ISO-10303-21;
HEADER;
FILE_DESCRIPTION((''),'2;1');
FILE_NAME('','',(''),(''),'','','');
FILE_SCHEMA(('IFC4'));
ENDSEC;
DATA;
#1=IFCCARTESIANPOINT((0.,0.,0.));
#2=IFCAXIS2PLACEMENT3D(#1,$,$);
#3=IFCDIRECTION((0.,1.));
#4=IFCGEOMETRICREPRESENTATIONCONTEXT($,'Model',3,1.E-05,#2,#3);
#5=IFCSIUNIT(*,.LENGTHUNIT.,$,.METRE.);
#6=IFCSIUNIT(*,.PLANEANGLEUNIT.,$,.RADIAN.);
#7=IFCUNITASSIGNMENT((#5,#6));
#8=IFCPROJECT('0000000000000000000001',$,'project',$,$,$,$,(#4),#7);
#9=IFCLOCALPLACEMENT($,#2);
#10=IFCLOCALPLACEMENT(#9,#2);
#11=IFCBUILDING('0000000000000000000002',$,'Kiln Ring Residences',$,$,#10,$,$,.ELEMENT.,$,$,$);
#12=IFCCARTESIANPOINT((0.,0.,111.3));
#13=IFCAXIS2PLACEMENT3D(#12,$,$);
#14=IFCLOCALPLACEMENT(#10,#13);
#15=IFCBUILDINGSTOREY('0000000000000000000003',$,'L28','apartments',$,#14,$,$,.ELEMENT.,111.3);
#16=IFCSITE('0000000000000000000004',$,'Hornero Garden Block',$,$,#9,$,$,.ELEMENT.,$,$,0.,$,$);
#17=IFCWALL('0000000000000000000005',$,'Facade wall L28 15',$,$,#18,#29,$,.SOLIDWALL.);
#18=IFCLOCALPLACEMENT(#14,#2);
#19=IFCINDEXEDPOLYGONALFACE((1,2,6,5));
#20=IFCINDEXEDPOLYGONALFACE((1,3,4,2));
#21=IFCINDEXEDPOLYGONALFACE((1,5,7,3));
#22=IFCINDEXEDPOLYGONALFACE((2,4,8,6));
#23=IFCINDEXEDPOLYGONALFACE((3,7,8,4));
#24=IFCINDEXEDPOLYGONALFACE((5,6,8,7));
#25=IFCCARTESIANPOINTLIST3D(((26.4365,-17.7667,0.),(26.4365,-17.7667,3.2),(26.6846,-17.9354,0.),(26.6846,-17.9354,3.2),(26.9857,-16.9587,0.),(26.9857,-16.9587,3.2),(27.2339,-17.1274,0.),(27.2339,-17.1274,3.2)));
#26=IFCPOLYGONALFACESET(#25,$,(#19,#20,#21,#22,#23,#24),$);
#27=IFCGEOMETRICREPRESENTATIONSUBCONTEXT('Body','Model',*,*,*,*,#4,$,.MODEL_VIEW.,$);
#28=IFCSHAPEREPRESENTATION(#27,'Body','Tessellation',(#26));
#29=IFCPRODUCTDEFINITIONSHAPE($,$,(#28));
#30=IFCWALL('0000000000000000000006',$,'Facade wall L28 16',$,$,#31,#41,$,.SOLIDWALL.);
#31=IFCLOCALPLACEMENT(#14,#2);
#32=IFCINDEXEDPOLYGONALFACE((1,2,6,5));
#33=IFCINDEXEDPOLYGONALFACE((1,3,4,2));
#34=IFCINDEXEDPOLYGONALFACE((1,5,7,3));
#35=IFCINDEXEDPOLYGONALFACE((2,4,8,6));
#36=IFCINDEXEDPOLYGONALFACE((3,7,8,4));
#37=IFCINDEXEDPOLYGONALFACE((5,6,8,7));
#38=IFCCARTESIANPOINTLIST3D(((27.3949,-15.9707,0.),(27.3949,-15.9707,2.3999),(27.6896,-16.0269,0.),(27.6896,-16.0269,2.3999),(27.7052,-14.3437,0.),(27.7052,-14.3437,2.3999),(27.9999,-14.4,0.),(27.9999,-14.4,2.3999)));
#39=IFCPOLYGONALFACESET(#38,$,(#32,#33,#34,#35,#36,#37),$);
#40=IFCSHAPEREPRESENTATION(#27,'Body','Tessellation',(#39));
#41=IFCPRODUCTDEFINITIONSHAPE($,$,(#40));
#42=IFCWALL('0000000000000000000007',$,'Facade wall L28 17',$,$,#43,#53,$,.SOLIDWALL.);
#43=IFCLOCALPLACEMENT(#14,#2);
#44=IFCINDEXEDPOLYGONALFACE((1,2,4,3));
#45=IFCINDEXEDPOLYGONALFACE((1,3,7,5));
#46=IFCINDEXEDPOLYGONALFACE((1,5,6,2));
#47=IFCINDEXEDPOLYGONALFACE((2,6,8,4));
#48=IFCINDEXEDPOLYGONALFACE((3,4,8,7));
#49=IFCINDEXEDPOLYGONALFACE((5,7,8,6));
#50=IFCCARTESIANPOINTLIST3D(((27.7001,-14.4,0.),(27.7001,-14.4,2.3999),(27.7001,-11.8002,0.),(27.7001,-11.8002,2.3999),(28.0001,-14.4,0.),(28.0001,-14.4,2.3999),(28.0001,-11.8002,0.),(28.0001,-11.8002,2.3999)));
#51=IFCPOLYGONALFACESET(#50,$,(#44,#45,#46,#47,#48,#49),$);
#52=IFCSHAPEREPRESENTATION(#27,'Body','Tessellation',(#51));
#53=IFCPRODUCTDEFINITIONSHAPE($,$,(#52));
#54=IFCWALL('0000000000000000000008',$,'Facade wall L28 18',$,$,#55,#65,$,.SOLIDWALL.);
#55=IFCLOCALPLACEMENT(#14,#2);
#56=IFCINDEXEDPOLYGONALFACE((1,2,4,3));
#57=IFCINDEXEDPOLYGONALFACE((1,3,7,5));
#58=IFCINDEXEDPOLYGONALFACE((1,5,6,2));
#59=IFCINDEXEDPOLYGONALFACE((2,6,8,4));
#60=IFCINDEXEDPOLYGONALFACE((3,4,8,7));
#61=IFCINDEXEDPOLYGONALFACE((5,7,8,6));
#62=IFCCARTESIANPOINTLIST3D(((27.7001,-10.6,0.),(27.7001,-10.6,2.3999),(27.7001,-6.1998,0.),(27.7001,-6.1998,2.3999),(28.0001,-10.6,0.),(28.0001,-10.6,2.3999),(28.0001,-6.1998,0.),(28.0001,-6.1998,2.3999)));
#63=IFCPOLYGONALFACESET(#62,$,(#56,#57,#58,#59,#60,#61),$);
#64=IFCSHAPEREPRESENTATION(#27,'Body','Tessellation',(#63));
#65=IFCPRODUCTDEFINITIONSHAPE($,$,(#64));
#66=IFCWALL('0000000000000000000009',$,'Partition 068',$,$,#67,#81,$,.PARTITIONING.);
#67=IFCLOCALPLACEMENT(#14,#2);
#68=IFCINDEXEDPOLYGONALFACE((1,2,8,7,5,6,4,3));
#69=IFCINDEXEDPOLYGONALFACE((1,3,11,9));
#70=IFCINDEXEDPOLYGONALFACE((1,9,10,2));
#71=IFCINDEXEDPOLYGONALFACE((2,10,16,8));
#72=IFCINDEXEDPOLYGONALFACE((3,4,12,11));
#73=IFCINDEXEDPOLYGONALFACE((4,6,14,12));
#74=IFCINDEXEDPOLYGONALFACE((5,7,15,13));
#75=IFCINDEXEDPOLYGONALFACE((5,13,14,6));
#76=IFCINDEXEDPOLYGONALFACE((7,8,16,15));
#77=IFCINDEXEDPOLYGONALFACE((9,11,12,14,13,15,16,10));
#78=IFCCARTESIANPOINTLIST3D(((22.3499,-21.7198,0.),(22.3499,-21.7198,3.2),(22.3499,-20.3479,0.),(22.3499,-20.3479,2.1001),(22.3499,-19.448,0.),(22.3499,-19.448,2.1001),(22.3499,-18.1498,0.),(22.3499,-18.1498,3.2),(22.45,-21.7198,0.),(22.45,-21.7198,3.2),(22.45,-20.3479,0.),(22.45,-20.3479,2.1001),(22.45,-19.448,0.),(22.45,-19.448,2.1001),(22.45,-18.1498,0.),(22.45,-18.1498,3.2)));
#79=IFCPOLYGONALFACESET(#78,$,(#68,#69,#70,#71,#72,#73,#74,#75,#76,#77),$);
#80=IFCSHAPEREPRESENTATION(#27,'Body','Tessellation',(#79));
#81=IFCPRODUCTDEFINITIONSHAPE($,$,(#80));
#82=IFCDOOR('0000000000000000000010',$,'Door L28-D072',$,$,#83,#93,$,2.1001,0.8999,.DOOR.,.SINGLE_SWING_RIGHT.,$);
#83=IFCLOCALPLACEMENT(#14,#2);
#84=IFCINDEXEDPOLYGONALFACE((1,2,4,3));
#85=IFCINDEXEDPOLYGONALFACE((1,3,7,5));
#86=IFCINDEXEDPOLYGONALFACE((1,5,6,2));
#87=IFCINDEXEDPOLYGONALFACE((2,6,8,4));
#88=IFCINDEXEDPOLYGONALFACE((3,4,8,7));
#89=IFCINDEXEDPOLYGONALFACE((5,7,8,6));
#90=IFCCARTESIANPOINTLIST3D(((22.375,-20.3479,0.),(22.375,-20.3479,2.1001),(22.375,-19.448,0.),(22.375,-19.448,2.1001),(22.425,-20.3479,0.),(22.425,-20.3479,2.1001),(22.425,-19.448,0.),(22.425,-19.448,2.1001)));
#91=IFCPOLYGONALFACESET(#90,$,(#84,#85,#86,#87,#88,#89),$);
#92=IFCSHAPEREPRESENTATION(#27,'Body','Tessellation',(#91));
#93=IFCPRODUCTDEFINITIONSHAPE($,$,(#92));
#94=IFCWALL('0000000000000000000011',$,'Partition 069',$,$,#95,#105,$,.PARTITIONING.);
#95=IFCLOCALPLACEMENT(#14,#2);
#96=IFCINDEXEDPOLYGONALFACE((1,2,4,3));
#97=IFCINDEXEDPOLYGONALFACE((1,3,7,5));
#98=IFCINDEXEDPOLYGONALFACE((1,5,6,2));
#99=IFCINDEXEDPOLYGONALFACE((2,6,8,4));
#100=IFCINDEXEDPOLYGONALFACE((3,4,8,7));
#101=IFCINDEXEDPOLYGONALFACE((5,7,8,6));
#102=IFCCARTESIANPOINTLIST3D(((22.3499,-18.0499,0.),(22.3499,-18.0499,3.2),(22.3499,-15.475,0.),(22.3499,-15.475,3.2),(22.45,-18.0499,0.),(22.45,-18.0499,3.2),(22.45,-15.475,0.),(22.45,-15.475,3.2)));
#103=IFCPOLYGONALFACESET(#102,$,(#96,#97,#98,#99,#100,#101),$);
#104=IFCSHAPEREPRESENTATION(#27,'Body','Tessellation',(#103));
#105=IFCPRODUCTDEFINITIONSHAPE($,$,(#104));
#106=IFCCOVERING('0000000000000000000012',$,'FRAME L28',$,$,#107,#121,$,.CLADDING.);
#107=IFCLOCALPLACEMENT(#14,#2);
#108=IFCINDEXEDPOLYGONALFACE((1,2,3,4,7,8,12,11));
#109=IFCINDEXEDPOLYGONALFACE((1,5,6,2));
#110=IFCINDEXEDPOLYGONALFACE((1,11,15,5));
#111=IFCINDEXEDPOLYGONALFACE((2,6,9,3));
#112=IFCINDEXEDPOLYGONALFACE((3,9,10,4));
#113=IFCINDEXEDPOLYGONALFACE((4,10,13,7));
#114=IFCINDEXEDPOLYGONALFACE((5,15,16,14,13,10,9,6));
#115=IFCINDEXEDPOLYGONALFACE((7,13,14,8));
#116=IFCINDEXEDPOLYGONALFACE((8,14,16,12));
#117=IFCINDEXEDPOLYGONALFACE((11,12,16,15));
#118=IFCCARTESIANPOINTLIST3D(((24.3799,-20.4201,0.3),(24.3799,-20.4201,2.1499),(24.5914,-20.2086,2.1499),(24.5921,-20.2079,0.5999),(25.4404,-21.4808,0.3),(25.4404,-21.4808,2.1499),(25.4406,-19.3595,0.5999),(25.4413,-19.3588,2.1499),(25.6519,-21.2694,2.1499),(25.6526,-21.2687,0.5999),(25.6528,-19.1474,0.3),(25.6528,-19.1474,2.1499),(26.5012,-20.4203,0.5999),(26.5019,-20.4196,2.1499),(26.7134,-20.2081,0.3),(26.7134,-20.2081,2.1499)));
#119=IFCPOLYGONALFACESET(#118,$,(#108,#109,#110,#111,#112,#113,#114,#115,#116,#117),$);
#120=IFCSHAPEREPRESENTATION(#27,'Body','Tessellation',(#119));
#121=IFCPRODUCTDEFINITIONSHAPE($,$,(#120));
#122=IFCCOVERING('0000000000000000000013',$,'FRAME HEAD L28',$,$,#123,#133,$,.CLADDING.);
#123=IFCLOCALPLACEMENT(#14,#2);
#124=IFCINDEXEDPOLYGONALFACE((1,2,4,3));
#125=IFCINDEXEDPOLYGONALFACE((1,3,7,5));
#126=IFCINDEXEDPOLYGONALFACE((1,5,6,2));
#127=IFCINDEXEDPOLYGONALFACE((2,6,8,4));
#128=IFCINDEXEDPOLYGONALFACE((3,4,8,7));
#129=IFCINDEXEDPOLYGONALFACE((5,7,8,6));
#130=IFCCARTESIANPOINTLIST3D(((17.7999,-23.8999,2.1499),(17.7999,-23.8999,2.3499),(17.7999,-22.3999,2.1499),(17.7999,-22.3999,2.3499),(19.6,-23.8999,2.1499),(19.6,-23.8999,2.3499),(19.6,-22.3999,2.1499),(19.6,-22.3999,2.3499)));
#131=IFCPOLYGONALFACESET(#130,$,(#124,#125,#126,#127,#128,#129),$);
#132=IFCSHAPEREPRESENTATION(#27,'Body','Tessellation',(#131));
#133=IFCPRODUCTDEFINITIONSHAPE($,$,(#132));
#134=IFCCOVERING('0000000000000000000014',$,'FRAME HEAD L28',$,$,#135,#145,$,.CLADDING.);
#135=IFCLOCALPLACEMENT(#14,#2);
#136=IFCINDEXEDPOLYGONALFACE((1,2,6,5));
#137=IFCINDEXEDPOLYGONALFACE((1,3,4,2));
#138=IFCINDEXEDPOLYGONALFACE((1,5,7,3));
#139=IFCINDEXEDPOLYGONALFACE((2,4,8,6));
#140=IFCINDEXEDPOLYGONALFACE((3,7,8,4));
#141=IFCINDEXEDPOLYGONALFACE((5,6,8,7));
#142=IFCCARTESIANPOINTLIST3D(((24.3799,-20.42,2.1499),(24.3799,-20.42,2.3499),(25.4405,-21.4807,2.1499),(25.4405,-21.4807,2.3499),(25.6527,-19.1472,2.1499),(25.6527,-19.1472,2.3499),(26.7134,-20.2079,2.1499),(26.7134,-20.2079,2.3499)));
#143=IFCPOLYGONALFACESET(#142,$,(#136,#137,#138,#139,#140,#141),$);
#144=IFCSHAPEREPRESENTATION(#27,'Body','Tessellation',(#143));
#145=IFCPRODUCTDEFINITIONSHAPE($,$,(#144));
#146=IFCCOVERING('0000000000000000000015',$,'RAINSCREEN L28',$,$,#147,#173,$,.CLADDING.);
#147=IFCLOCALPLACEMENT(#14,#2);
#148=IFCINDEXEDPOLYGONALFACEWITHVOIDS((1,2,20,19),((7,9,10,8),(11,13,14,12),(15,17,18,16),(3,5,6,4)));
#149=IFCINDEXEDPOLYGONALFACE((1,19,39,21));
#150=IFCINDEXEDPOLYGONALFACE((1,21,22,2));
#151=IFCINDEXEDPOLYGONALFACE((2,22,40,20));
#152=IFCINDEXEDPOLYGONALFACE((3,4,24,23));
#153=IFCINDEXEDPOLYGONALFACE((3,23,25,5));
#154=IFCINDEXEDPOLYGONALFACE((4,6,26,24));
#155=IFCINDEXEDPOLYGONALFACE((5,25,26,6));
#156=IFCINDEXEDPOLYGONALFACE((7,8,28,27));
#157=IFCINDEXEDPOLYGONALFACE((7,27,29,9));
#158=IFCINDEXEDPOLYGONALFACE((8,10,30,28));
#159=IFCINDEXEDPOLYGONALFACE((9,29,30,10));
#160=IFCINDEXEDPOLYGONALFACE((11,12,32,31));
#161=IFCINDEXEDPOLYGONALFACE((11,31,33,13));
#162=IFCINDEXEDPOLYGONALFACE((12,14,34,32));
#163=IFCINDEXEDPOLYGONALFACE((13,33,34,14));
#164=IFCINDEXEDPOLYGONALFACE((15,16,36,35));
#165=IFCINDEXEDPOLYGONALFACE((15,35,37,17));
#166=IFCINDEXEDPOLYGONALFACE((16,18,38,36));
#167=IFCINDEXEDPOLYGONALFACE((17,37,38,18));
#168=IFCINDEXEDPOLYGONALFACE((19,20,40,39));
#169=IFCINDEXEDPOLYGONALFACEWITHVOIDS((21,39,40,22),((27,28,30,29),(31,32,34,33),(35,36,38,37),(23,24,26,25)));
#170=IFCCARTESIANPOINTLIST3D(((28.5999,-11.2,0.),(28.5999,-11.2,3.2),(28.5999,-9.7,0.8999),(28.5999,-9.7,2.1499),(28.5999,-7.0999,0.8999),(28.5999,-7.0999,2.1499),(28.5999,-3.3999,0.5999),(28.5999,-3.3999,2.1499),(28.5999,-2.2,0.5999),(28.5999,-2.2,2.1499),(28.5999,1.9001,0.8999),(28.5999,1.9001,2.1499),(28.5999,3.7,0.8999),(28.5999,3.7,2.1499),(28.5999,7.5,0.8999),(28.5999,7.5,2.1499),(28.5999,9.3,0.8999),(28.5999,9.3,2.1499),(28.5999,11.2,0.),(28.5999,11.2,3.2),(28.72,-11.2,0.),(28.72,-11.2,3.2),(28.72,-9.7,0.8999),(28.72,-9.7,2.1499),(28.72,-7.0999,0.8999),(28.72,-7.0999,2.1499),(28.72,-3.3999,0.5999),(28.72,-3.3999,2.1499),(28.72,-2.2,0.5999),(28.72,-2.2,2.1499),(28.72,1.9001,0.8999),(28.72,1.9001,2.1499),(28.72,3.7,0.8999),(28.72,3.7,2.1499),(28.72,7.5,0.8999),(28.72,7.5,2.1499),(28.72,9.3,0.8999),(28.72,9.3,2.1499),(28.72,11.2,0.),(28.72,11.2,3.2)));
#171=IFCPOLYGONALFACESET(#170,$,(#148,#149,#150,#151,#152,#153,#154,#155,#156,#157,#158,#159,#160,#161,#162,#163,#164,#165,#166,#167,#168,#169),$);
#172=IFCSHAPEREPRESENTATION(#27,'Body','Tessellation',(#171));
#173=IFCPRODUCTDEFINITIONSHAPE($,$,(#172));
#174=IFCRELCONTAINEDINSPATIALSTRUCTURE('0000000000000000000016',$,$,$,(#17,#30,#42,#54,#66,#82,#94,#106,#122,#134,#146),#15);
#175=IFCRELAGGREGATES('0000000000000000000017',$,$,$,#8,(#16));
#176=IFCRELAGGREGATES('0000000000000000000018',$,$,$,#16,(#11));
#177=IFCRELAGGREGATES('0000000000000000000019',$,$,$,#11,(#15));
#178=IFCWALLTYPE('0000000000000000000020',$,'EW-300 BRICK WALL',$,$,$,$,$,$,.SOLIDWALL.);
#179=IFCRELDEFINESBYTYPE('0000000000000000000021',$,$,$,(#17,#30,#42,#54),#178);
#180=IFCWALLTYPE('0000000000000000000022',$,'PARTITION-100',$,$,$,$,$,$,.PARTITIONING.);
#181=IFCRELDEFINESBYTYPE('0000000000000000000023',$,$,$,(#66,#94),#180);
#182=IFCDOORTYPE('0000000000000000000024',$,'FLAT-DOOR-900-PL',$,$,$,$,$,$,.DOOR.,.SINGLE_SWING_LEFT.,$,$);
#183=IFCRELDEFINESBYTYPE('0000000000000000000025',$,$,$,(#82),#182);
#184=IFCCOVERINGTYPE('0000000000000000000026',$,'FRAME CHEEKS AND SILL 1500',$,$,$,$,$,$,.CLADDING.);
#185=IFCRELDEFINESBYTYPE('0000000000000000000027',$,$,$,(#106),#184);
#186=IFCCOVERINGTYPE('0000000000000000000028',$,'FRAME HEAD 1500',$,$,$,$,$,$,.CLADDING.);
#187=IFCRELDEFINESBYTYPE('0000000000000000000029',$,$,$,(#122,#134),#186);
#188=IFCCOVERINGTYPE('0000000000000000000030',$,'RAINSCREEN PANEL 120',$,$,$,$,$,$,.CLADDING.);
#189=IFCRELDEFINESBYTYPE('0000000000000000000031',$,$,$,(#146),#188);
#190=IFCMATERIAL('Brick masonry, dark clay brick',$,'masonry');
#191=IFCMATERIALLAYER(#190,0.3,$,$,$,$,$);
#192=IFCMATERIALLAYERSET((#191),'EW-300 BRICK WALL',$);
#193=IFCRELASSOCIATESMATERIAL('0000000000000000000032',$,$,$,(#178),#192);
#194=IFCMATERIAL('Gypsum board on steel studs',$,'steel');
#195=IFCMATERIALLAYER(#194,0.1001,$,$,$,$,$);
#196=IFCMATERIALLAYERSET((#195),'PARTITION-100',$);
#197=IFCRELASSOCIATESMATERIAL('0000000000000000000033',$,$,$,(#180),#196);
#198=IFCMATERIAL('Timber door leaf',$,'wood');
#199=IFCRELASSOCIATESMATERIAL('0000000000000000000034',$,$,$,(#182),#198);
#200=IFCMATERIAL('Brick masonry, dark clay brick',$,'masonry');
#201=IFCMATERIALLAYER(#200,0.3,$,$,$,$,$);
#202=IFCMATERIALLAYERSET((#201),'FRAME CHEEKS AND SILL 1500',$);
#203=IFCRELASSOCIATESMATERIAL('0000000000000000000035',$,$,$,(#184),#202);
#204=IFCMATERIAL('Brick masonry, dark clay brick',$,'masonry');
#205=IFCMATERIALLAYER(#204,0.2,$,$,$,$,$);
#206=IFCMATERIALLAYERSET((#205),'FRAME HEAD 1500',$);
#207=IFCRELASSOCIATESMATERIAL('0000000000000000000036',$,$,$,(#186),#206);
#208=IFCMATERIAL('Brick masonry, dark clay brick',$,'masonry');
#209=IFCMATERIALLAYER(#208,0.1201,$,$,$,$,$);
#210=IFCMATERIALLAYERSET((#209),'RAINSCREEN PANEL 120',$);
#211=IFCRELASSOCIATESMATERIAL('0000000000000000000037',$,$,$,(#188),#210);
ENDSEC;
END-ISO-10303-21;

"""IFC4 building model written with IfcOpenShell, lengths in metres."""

from ifc_helpers import new_model, si_unit, direction, frame, frame_2d, origin, origin_2d, place, context, subcontext, project, spatial, polyline, rectangle, outline, extrude, material, layer, layer_set, type_object, element, fill, save


model = new_model("IFC4")

# Units and contexts
model_context = context("Model", 3, precision=1e-05, world=origin(), true_north=direction((0.0, 1.0)))
body_context = subcontext(model_context, "Body", "Model", "MODEL_VIEW")
ifc_project = project(units=[si_unit("LENGTHUNIT", "METRE"), si_unit("PLANEANGLEUNIT", "RADIAN")], contexts=[model_context])

# Site, building, storey
site_placement = place(None, origin())
site = spatial("IfcSite", under=ifc_project, at=site_placement, Name="Hornero Garden Block", CompositionType="ELEMENT", RefElevation=0.0)
building_placement = place(site_placement, origin())
building = spatial("IfcBuilding", under=site, at=building_placement, Name="Kiln Ring Residences", CompositionType="ELEMENT")
storey_placement = place(building_placement, frame((0.0, 0.0, 111.3)))
storey = spatial("IfcBuildingStorey", under=building, at=storey_placement, Name="L28", Description="apartments", CompositionType="ELEMENT", Elevation=111.3)

# Shared definitions
ifc_material_1 = material(Name="Brick masonry, dark clay brick", Category="masonry")
ifc_layer_1 = layer(ifc_material_1, 0.3)
ifc_layer_set_1 = layer_set([ifc_layer_1], Name="EW-300 BRICK WALL")
wall_type_1 = type_object("IfcWallType", Name="EW-300 BRICK WALL", PredefinedType="SOLIDWALL", material=ifc_layer_set_1)

# Walls
wall_1_placement = place(storey_placement, frame((26.5605, -17.8511, 0.0), z_axis=(0.0, 0.0, 1.0), x_axis=(0.562173, 0.827019, 0.0)))
element("IfcWall", 1, at=wall_1_placement, inside=storey, type_object=wall_type_1, Name="Facade wall L28 15", PredefinedType="SOLIDWALL", context=body_context, shape_type="SweptSolid", body=[
    extrude(rectangle(XDim=0.9771, YDim=0.3, at=frame_2d((0.4885, 0.0))), origin(), (0.0, 0.0, 1.0), 3.2),
])
wall_2_placement = place(storey_placement, frame((27.5422, -15.9988, 0.0), z_axis=(0.0, 0.0, 1.0), x_axis=(0.187349, 0.982293, 0.0)))
element("IfcWall", 2, at=wall_2_placement, inside=storey, type_object=wall_type_1, Name="Facade wall L28 16", PredefinedType="SOLIDWALL", context=body_context, shape_type="SweptSolid", body=[
    extrude(rectangle(XDim=1.6562, YDim=0.3, at=frame_2d((0.8281, 0.0))), origin(), (0.0, 0.0, 1.0), 2.3999),
])
wall_3_placement = place(storey_placement, frame((27.8501, -14.3999, 0.0), z_axis=(0.0, 0.0, 1.0), x_axis=(0.0, 1.0, 0.0)))
element("IfcWall", 3, at=wall_3_placement, inside=storey, type_object=wall_type_1, Name="Facade wall L28 17", PredefinedType="SOLIDWALL", context=body_context, shape_type="SweptSolid", body=[
    extrude(rectangle(XDim=2.5999, YDim=0.3, at=frame_2d((1.2998, 0.0))), origin(), (0.0, 0.0, 1.0), 2.3999),
])
wall_4_placement = place(storey_placement, frame((27.8501, -10.6001, 0.0), z_axis=(0.0, 0.0, 1.0), x_axis=(0.0, 1.0, 0.0)))
element("IfcWall", 4, at=wall_4_placement, inside=storey, type_object=wall_type_1, Name="Facade wall L28 18", PredefinedType="SOLIDWALL", context=body_context, shape_type="SweptSolid", body=[
    extrude(rectangle(XDim=4.4001, YDim=0.3, at=frame_2d((2.2002, 0.0))), origin(), (0.0, 0.0, 1.0), 2.3999),
])

# Wall, opening, door
ifc_material_2 = material(Name="Gypsum board on steel studs", Category="steel")
ifc_layer_2 = layer(ifc_material_2, 0.1001)
ifc_layer_set_2 = layer_set([ifc_layer_2], Name="PARTITION-100")
wall_type_2 = type_object("IfcWallType", Name="PARTITION-100", PredefinedType="PARTITIONING", material=ifc_layer_set_2)
wall_5_placement = place(storey_placement, frame((22.3999, -21.72, 0.0), z_axis=(0.0, 0.0, 1.0), x_axis=(0.0, 1.0, 0.0)))
wall_5 = element("IfcWall", 5, at=wall_5_placement, inside=storey, type_object=wall_type_2, Name="Partition 068", PredefinedType="PARTITIONING", context=body_context, shape_type="SweptSolid", body=[
    extrude(rectangle(XDim=3.5701, YDim=0.1001, at=frame_2d((1.7852, 0.0))), origin(), (0.0, 0.0, 1.0), 3.2),
])
opening_1_placement = place(wall_5_placement, frame((1.3721, 0.0, 0.0)))
opening_1 = element("IfcOpeningElement", 6, at=opening_1_placement, cuts=wall_5, PredefinedType="OPENING", context=body_context, shape_type="SweptSolid", body=[
    extrude(rectangle(XDim=0.8999, YDim=2.1001, at=frame_2d((0.45, 1.05))), frame((0.0, 0.0601, 0.0), z_axis=(0.0, -1.0, 0.0), x_axis=(1.0, 0.0, 0.0)), (0.0, 0.0, 1.0), 0.1201),
])
ifc_material_3 = material(Name="Timber door leaf", Category="wood")
door_type_1 = type_object("IfcDoorType", Name="FLAT-DOOR-900-PL", OperationType="SINGLE_SWING_LEFT", PredefinedType="DOOR", material=ifc_material_3)
door_1_placement = place(opening_1_placement, origin())
door_1 = element("IfcDoor", 7, at=door_1_placement, inside=storey, type_object=door_type_1, Name="Door L28-D072", OperationType="SINGLE_SWING_RIGHT", OverallHeight=2.1001, OverallWidth=0.8999, PredefinedType="DOOR", context=body_context, shape_type="SweptSolid", body=[
    extrude(rectangle(XDim=0.8999, YDim=2.1001, at=frame_2d((0.45, 1.05))), frame((0.0, 0.0249, 0.0), z_axis=(0.0, -1.0, 0.0), x_axis=(1.0, 0.0, 0.0)), (0.0, 0.0, 1.0), 0.05),
])
fill(opening_1, door_1)

# Wall
wall_6_placement = place(storey_placement, frame((22.3999, -18.05, 0.0), z_axis=(0.0, 0.0, 1.0), x_axis=(0.0, 1.0, 0.0)))
element("IfcWall", 8, at=wall_6_placement, inside=storey, type_object=wall_type_2, Name="Partition 069", PredefinedType="PARTITIONING", context=body_context, shape_type="SweptSolid", body=[
    extrude(rectangle(XDim=2.575, YDim=0.1001, at=frame_2d((1.2876, 0.0))), origin(), (0.0, 0.0, 1.0), 3.2),
])

# Coverings
ifc_material_4 = material(Name="Brick masonry, dark clay brick", Category="masonry")
ifc_layer_3 = layer(ifc_material_4, 0.3)
ifc_layer_set_3 = layer_set([ifc_layer_3], Name="FRAME CHEEKS AND SILL 1500")
covering_type_1 = type_object("IfcCoveringType", Name="FRAME CHEEKS AND SILL 1500", PredefinedType="CLADDING", material=ifc_layer_set_3)
covering_1_placement = place(storey_placement, frame((24.9102, -20.9504, 0.3), z_axis=(0.0, 0.0, 1.0), x_axis=(0.707175, 0.707039, 0.0)))
element("IfcCovering", 9, at=covering_1_placement, inside=storey, type_object=covering_type_1, Name="FRAME L28", PredefinedType="CLADDING", context=body_context, shape_type="SweptSolid", body=[
    extrude(outline(polyline([(0.0, 0.0), (1.8, 0.0), (1.8, 1.8499), (1.501, 1.8499), (1.5, 0.2998), (0.3, 0.2998), (0.2991, 1.8499), (0.0, 1.8499), (0.0, 0.0)])), frame((0.0, 0.75, 0.0), z_axis=(0.0, -1.0, 0.0), x_axis=(1.0, 0.0, 0.0)), (0.0, 0.0, 1.0), 1.5),
])
ifc_material_5 = material(Name="Brick masonry, dark clay brick", Category="masonry")
ifc_layer_4 = layer(ifc_material_5, 0.2)
ifc_layer_set_4 = layer_set([ifc_layer_4], Name="FRAME HEAD 1500")
covering_type_2 = type_object("IfcCoveringType", Name="FRAME HEAD 1500", PredefinedType="CLADDING", material=ifc_layer_set_4)
for number, where, z_axis, x_axis, name in (
    (10, (18.7, -23.1499, 2.1499), (0.0, 0.0, 1.0), (1.0, 0.0, 0.0), "FRAME HEAD L28"),
    (11, (25.5466, -20.314, 2.1499), (0.0, 0.0, 1.0), (0.707107, 0.707107, 0.0), "FRAME HEAD L28"),
):
    element("IfcCovering", number, at=place(storey_placement, frame(where, z_axis=z_axis, x_axis=x_axis)), inside=storey, type_object=covering_type_2, Name=name, PredefinedType="CLADDING", context=body_context, shape_type="SweptSolid", body=[
        extrude(rectangle(XDim=1.8, YDim=1.5, at=origin_2d()), origin(), (0.0, 0.0, 1.0), 0.2),
    ])
ifc_material_6 = material(Name="Brick masonry, dark clay brick", Category="masonry")
ifc_layer_5 = layer(ifc_material_6, 0.1201)
ifc_layer_set_5 = layer_set([ifc_layer_5], Name="RAINSCREEN PANEL 120")
covering_type_3 = type_object("IfcCoveringType", Name="RAINSCREEN PANEL 120", PredefinedType="CLADDING", material=ifc_layer_set_5)
covering_2_placement = place(storey_placement, frame((28.6599, -11.2, 0.0), z_axis=(0.0, 0.0, 1.0), x_axis=(0.0, 1.0, 0.0)))
element("IfcCovering", 12, at=covering_2_placement, inside=storey, type_object=covering_type_3, Name="RAINSCREEN L28", PredefinedType="CLADDING", context=body_context, shape_type="SweptSolid", body=[
    extrude(outline(polyline([(0.0, 0.0), (22.3999, 0.0), (22.3999, 3.2), (0.0, 3.2), (0.0, 0.0)]), holes=[polyline([(9.0, 0.5999), (9.0, 2.1499), (7.8, 2.1499), (7.8, 0.5999), (9.0, 0.5999)]), polyline([(4.1001, 0.8999), (4.1001, 2.1499), (1.5, 2.1499), (1.5, 0.8999), (4.1001, 0.8999)]), polyline([(14.8999, 0.8999), (14.8999, 2.1499), (13.1001, 2.1499), (13.1001, 0.8999), (14.8999, 0.8999)]), polyline([(20.5, 0.8999), (20.5, 2.1499), (18.7, 2.1499), (18.7, 0.8999), (20.5, 0.8999)])]), frame((0.0, 0.0601, 0.0), z_axis=(0.0, -1.0, 0.0), x_axis=(1.0, 0.0, 0.0)), (0.0, 0.0, 1.0), 0.1201),
])

save(model, "model.ifc")
